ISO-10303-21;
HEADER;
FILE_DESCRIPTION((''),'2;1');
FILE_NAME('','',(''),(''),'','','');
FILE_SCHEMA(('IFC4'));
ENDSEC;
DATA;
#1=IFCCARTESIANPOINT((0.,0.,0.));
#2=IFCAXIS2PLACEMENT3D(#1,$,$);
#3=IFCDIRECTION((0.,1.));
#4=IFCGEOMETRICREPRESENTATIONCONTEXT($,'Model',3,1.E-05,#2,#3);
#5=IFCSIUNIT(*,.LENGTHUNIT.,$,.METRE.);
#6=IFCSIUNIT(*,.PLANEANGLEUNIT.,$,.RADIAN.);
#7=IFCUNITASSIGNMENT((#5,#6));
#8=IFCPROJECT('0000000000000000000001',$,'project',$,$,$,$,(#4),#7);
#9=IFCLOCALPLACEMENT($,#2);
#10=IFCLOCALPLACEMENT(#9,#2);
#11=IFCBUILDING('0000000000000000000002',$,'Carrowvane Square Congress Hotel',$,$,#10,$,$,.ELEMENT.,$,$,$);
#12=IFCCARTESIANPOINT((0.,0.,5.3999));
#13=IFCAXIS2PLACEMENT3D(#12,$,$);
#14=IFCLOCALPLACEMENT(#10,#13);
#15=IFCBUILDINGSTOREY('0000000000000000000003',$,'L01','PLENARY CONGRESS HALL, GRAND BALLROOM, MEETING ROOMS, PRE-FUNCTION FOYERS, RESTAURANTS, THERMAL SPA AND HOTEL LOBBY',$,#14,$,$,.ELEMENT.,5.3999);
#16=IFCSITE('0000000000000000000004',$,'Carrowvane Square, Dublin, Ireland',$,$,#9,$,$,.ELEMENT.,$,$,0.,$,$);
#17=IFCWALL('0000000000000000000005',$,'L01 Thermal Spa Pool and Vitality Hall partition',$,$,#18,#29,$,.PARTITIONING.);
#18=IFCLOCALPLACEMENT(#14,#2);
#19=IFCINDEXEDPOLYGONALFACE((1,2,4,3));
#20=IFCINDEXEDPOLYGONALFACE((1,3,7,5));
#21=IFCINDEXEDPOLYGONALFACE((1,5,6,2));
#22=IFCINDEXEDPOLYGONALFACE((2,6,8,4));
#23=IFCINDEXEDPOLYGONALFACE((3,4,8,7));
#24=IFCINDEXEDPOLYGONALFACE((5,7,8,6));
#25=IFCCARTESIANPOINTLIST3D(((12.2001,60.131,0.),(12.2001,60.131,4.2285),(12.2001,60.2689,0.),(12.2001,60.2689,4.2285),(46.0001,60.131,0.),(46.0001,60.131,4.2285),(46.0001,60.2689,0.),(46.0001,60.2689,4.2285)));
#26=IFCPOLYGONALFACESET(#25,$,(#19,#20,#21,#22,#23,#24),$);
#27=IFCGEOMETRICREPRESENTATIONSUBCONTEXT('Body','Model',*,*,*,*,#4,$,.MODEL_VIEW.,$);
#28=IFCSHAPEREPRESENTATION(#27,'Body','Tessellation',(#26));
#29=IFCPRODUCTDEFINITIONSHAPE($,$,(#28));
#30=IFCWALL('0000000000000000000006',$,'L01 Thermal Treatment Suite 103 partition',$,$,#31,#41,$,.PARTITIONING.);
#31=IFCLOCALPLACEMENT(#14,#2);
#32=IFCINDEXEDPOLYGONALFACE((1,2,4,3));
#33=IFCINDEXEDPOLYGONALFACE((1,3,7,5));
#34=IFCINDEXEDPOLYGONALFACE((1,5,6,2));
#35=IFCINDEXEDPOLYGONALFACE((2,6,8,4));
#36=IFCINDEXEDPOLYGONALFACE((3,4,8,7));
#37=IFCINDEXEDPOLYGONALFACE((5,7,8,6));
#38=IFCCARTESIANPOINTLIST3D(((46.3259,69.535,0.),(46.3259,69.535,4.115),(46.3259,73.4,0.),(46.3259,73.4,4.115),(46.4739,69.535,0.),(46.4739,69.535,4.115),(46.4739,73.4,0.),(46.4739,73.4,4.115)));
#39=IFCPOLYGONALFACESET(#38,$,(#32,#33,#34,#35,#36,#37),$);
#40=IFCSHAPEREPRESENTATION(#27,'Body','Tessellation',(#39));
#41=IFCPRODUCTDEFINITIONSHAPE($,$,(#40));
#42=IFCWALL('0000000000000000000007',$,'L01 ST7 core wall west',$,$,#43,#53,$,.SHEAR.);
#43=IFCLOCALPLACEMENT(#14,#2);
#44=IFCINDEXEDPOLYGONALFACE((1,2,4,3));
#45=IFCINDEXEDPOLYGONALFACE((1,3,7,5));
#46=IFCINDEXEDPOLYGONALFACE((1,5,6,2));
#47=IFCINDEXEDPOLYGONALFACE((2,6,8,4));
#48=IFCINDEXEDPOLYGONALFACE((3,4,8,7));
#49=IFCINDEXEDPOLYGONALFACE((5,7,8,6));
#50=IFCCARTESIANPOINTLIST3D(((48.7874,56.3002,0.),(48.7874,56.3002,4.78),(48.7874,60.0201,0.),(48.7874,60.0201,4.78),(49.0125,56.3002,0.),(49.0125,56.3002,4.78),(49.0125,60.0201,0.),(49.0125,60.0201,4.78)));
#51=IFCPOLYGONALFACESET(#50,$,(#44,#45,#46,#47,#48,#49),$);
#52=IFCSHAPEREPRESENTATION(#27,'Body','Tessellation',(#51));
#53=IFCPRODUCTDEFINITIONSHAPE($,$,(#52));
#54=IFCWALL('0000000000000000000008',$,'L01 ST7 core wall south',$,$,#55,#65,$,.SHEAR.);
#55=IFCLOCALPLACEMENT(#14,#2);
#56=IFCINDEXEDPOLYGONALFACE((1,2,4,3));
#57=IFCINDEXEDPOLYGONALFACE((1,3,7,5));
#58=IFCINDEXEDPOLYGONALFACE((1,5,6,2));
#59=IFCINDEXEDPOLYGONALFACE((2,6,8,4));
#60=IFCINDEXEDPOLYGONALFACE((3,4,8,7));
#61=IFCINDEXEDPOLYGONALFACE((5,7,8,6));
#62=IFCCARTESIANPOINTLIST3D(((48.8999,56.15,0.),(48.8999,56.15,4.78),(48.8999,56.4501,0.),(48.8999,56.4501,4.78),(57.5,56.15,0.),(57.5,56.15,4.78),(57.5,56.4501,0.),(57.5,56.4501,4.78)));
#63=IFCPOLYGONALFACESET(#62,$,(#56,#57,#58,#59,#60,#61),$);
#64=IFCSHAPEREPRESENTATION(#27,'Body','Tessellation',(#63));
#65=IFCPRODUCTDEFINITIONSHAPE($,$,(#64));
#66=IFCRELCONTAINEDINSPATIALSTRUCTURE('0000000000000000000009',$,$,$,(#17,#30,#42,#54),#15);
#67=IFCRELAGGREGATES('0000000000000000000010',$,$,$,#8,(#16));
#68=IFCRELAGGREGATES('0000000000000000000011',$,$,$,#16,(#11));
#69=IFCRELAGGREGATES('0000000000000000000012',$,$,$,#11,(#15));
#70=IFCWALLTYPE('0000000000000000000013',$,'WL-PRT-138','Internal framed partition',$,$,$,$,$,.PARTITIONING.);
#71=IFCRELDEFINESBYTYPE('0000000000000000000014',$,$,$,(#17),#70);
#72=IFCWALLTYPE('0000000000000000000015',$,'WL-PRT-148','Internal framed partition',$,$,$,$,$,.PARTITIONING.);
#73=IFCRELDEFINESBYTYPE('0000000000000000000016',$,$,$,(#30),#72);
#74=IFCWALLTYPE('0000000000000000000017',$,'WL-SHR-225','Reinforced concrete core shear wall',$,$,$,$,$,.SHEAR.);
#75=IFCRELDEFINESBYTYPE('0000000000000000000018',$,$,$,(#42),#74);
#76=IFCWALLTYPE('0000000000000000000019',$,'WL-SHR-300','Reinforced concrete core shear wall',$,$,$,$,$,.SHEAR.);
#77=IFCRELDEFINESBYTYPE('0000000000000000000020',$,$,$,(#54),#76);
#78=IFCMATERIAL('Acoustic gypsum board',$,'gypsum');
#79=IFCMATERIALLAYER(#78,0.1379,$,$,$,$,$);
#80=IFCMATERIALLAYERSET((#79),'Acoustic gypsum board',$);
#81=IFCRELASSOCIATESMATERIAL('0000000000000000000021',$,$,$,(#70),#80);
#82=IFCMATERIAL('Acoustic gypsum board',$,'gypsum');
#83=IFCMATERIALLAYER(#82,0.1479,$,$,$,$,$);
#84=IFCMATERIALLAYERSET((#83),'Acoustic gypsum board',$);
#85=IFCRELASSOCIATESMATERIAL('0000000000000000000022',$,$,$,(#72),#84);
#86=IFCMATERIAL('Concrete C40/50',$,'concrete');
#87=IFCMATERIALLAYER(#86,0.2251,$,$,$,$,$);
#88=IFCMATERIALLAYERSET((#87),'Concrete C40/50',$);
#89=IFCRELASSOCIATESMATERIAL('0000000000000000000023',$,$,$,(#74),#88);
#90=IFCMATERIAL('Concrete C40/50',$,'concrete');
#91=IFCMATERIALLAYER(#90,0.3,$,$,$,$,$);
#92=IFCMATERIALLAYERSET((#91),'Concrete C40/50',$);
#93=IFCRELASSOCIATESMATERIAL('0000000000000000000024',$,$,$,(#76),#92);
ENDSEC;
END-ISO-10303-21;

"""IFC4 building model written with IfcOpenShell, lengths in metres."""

from ifc_helpers import new_model, si_unit, direction, frame, frame_2d, origin, place, context, subcontext, project, spatial, rectangle, extrude, material, layer, layer_set, type_object, element, save


model = new_model("IFC4")

# Units and contexts
model_context = context("Model", 3, precision=1e-05, world=origin(), true_north=direction((0.0, 1.0)))
body_context = subcontext(model_context, "Body", "Model", "MODEL_VIEW")
ifc_project = project(units=[si_unit("LENGTHUNIT", "METRE"), si_unit("PLANEANGLEUNIT", "RADIAN")], contexts=[model_context])

# Site, building, storey
site_placement = place(None, origin())
site = spatial("IfcSite", under=ifc_project, at=site_placement, Name="Carrowvane Square, Dublin, Ireland", CompositionType="ELEMENT", RefElevation=0.0)
building_placement = place(site_placement, origin())
building = spatial("IfcBuilding", under=site, at=building_placement, Name="Carrowvane Square Congress Hotel", CompositionType="ELEMENT")
storey_placement = place(building_placement, frame((0.0, 0.0, 5.3999)))
storey = spatial("IfcBuildingStorey", under=building, at=storey_placement, Name="L01", Description="PLENARY CONGRESS HALL, GRAND BALLROOM, MEETING ROOMS, PRE-FUNCTION FOYERS, RESTAURANTS, THERMAL SPA AND HOTEL LOBBY", CompositionType="ELEMENT", Elevation=5.3999)

# Walls
ifc_material_1 = material(Name="Acoustic gypsum board", Category="gypsum")
ifc_layer_1 = layer(ifc_material_1, 0.1379)
ifc_layer_set_1 = layer_set([ifc_layer_1], Name="Acoustic gypsum board")
wall_type_1 = type_object("IfcWallType", Name="WL-PRT-138", Description="Internal framed partition", PredefinedType="PARTITIONING", material=ifc_layer_set_1)
wall_1_placement = place(storey_placement, frame((46.0, 60.2, 0.0), z_axis=(0.0, 0.0, 1.0), x_axis=(-1.0, 0.0, 0.0)))
element("IfcWall", 1, at=wall_1_placement, inside=storey, type_object=wall_type_1, Name="L01 Thermal Spa Pool and Vitality Hall partition", PredefinedType="PARTITIONING", context=body_context, shape_type="SweptSolid", body=[
    extrude(rectangle(XDim=33.8, YDim=0.1379, at=frame_2d((16.8999, 0.0))), origin(), (0.0, 0.0, 1.0), 4.2285),
])
ifc_material_2 = material(Name="Acoustic gypsum board", Category="gypsum")
ifc_layer_2 = layer(ifc_material_2, 0.1479)
ifc_layer_set_2 = layer_set([ifc_layer_2], Name="Acoustic gypsum board")
wall_type_2 = type_object("IfcWallType", Name="WL-PRT-148", Description="Internal framed partition", PredefinedType="PARTITIONING", material=ifc_layer_set_2)
wall_2_placement = place(storey_placement, frame((46.3999, 69.5349, 0.0), z_axis=(0.0, 0.0, 1.0), x_axis=(0.0, 1.0, 0.0)))
element("IfcWall", 2, at=wall_2_placement, inside=storey, type_object=wall_type_2, Name="L01 Thermal Treatment Suite 103 partition", PredefinedType="PARTITIONING", context=body_context, shape_type="SweptSolid", body=[
    extrude(rectangle(XDim=3.865, YDim=0.1479, at=frame_2d((1.9326, 0.0))), origin(), (0.0, 0.0, 1.0), 4.115),
])
ifc_material_3 = material(Name="Concrete C40/50", Category="concrete")
ifc_layer_3 = layer(ifc_material_3, 0.2251)
ifc_layer_set_3 = layer_set([ifc_layer_3], Name="Concrete C40/50")
wall_type_3 = type_object("IfcWallType", Name="WL-SHR-225", Description="Reinforced concrete core shear wall", PredefinedType="SHEAR", material=ifc_layer_set_3)
wall_3_placement = place(storey_placement, frame((48.8999, 60.02, 0.0), z_axis=(0.0, 0.0, 1.0), x_axis=(0.0, -1.0, 0.0)))
element("IfcWall", 3, at=wall_3_placement, inside=storey, type_object=wall_type_3, Name="L01 ST7 core wall west", PredefinedType="SHEAR", context=body_context, shape_type="SweptSolid", body=[
    extrude(rectangle(XDim=3.72, YDim=0.2251, at=frame_2d((1.8599, 0.0))), origin(), (0.0, 0.0, 1.0), 4.78),
])
ifc_material_4 = material(Name="Concrete C40/50", Category="concrete")
ifc_layer_4 = layer(ifc_material_4, 0.3)
ifc_layer_set_4 = layer_set([ifc_layer_4], Name="Concrete C40/50")
wall_type_4 = type_object("IfcWallType", Name="WL-SHR-300", Description="Reinforced concrete core shear wall", PredefinedType="SHEAR", material=ifc_layer_set_4)
wall_4_placement = place(storey_placement, frame((48.8999, 56.3, 0.0), z_axis=(0.0, 0.0, 1.0), x_axis=(1.0, 0.0, 0.0)))
element("IfcWall", 4, at=wall_4_placement, inside=storey, type_object=wall_type_4, Name="L01 ST7 core wall south", PredefinedType="SHEAR", context=body_context, shape_type="SweptSolid", body=[
    extrude(rectangle(XDim=8.6001, YDim=0.3, at=frame_2d((4.3, 0.0))), origin(), (0.0, 0.0, 1.0), 4.78),
])

save(model, "model.ifc")
